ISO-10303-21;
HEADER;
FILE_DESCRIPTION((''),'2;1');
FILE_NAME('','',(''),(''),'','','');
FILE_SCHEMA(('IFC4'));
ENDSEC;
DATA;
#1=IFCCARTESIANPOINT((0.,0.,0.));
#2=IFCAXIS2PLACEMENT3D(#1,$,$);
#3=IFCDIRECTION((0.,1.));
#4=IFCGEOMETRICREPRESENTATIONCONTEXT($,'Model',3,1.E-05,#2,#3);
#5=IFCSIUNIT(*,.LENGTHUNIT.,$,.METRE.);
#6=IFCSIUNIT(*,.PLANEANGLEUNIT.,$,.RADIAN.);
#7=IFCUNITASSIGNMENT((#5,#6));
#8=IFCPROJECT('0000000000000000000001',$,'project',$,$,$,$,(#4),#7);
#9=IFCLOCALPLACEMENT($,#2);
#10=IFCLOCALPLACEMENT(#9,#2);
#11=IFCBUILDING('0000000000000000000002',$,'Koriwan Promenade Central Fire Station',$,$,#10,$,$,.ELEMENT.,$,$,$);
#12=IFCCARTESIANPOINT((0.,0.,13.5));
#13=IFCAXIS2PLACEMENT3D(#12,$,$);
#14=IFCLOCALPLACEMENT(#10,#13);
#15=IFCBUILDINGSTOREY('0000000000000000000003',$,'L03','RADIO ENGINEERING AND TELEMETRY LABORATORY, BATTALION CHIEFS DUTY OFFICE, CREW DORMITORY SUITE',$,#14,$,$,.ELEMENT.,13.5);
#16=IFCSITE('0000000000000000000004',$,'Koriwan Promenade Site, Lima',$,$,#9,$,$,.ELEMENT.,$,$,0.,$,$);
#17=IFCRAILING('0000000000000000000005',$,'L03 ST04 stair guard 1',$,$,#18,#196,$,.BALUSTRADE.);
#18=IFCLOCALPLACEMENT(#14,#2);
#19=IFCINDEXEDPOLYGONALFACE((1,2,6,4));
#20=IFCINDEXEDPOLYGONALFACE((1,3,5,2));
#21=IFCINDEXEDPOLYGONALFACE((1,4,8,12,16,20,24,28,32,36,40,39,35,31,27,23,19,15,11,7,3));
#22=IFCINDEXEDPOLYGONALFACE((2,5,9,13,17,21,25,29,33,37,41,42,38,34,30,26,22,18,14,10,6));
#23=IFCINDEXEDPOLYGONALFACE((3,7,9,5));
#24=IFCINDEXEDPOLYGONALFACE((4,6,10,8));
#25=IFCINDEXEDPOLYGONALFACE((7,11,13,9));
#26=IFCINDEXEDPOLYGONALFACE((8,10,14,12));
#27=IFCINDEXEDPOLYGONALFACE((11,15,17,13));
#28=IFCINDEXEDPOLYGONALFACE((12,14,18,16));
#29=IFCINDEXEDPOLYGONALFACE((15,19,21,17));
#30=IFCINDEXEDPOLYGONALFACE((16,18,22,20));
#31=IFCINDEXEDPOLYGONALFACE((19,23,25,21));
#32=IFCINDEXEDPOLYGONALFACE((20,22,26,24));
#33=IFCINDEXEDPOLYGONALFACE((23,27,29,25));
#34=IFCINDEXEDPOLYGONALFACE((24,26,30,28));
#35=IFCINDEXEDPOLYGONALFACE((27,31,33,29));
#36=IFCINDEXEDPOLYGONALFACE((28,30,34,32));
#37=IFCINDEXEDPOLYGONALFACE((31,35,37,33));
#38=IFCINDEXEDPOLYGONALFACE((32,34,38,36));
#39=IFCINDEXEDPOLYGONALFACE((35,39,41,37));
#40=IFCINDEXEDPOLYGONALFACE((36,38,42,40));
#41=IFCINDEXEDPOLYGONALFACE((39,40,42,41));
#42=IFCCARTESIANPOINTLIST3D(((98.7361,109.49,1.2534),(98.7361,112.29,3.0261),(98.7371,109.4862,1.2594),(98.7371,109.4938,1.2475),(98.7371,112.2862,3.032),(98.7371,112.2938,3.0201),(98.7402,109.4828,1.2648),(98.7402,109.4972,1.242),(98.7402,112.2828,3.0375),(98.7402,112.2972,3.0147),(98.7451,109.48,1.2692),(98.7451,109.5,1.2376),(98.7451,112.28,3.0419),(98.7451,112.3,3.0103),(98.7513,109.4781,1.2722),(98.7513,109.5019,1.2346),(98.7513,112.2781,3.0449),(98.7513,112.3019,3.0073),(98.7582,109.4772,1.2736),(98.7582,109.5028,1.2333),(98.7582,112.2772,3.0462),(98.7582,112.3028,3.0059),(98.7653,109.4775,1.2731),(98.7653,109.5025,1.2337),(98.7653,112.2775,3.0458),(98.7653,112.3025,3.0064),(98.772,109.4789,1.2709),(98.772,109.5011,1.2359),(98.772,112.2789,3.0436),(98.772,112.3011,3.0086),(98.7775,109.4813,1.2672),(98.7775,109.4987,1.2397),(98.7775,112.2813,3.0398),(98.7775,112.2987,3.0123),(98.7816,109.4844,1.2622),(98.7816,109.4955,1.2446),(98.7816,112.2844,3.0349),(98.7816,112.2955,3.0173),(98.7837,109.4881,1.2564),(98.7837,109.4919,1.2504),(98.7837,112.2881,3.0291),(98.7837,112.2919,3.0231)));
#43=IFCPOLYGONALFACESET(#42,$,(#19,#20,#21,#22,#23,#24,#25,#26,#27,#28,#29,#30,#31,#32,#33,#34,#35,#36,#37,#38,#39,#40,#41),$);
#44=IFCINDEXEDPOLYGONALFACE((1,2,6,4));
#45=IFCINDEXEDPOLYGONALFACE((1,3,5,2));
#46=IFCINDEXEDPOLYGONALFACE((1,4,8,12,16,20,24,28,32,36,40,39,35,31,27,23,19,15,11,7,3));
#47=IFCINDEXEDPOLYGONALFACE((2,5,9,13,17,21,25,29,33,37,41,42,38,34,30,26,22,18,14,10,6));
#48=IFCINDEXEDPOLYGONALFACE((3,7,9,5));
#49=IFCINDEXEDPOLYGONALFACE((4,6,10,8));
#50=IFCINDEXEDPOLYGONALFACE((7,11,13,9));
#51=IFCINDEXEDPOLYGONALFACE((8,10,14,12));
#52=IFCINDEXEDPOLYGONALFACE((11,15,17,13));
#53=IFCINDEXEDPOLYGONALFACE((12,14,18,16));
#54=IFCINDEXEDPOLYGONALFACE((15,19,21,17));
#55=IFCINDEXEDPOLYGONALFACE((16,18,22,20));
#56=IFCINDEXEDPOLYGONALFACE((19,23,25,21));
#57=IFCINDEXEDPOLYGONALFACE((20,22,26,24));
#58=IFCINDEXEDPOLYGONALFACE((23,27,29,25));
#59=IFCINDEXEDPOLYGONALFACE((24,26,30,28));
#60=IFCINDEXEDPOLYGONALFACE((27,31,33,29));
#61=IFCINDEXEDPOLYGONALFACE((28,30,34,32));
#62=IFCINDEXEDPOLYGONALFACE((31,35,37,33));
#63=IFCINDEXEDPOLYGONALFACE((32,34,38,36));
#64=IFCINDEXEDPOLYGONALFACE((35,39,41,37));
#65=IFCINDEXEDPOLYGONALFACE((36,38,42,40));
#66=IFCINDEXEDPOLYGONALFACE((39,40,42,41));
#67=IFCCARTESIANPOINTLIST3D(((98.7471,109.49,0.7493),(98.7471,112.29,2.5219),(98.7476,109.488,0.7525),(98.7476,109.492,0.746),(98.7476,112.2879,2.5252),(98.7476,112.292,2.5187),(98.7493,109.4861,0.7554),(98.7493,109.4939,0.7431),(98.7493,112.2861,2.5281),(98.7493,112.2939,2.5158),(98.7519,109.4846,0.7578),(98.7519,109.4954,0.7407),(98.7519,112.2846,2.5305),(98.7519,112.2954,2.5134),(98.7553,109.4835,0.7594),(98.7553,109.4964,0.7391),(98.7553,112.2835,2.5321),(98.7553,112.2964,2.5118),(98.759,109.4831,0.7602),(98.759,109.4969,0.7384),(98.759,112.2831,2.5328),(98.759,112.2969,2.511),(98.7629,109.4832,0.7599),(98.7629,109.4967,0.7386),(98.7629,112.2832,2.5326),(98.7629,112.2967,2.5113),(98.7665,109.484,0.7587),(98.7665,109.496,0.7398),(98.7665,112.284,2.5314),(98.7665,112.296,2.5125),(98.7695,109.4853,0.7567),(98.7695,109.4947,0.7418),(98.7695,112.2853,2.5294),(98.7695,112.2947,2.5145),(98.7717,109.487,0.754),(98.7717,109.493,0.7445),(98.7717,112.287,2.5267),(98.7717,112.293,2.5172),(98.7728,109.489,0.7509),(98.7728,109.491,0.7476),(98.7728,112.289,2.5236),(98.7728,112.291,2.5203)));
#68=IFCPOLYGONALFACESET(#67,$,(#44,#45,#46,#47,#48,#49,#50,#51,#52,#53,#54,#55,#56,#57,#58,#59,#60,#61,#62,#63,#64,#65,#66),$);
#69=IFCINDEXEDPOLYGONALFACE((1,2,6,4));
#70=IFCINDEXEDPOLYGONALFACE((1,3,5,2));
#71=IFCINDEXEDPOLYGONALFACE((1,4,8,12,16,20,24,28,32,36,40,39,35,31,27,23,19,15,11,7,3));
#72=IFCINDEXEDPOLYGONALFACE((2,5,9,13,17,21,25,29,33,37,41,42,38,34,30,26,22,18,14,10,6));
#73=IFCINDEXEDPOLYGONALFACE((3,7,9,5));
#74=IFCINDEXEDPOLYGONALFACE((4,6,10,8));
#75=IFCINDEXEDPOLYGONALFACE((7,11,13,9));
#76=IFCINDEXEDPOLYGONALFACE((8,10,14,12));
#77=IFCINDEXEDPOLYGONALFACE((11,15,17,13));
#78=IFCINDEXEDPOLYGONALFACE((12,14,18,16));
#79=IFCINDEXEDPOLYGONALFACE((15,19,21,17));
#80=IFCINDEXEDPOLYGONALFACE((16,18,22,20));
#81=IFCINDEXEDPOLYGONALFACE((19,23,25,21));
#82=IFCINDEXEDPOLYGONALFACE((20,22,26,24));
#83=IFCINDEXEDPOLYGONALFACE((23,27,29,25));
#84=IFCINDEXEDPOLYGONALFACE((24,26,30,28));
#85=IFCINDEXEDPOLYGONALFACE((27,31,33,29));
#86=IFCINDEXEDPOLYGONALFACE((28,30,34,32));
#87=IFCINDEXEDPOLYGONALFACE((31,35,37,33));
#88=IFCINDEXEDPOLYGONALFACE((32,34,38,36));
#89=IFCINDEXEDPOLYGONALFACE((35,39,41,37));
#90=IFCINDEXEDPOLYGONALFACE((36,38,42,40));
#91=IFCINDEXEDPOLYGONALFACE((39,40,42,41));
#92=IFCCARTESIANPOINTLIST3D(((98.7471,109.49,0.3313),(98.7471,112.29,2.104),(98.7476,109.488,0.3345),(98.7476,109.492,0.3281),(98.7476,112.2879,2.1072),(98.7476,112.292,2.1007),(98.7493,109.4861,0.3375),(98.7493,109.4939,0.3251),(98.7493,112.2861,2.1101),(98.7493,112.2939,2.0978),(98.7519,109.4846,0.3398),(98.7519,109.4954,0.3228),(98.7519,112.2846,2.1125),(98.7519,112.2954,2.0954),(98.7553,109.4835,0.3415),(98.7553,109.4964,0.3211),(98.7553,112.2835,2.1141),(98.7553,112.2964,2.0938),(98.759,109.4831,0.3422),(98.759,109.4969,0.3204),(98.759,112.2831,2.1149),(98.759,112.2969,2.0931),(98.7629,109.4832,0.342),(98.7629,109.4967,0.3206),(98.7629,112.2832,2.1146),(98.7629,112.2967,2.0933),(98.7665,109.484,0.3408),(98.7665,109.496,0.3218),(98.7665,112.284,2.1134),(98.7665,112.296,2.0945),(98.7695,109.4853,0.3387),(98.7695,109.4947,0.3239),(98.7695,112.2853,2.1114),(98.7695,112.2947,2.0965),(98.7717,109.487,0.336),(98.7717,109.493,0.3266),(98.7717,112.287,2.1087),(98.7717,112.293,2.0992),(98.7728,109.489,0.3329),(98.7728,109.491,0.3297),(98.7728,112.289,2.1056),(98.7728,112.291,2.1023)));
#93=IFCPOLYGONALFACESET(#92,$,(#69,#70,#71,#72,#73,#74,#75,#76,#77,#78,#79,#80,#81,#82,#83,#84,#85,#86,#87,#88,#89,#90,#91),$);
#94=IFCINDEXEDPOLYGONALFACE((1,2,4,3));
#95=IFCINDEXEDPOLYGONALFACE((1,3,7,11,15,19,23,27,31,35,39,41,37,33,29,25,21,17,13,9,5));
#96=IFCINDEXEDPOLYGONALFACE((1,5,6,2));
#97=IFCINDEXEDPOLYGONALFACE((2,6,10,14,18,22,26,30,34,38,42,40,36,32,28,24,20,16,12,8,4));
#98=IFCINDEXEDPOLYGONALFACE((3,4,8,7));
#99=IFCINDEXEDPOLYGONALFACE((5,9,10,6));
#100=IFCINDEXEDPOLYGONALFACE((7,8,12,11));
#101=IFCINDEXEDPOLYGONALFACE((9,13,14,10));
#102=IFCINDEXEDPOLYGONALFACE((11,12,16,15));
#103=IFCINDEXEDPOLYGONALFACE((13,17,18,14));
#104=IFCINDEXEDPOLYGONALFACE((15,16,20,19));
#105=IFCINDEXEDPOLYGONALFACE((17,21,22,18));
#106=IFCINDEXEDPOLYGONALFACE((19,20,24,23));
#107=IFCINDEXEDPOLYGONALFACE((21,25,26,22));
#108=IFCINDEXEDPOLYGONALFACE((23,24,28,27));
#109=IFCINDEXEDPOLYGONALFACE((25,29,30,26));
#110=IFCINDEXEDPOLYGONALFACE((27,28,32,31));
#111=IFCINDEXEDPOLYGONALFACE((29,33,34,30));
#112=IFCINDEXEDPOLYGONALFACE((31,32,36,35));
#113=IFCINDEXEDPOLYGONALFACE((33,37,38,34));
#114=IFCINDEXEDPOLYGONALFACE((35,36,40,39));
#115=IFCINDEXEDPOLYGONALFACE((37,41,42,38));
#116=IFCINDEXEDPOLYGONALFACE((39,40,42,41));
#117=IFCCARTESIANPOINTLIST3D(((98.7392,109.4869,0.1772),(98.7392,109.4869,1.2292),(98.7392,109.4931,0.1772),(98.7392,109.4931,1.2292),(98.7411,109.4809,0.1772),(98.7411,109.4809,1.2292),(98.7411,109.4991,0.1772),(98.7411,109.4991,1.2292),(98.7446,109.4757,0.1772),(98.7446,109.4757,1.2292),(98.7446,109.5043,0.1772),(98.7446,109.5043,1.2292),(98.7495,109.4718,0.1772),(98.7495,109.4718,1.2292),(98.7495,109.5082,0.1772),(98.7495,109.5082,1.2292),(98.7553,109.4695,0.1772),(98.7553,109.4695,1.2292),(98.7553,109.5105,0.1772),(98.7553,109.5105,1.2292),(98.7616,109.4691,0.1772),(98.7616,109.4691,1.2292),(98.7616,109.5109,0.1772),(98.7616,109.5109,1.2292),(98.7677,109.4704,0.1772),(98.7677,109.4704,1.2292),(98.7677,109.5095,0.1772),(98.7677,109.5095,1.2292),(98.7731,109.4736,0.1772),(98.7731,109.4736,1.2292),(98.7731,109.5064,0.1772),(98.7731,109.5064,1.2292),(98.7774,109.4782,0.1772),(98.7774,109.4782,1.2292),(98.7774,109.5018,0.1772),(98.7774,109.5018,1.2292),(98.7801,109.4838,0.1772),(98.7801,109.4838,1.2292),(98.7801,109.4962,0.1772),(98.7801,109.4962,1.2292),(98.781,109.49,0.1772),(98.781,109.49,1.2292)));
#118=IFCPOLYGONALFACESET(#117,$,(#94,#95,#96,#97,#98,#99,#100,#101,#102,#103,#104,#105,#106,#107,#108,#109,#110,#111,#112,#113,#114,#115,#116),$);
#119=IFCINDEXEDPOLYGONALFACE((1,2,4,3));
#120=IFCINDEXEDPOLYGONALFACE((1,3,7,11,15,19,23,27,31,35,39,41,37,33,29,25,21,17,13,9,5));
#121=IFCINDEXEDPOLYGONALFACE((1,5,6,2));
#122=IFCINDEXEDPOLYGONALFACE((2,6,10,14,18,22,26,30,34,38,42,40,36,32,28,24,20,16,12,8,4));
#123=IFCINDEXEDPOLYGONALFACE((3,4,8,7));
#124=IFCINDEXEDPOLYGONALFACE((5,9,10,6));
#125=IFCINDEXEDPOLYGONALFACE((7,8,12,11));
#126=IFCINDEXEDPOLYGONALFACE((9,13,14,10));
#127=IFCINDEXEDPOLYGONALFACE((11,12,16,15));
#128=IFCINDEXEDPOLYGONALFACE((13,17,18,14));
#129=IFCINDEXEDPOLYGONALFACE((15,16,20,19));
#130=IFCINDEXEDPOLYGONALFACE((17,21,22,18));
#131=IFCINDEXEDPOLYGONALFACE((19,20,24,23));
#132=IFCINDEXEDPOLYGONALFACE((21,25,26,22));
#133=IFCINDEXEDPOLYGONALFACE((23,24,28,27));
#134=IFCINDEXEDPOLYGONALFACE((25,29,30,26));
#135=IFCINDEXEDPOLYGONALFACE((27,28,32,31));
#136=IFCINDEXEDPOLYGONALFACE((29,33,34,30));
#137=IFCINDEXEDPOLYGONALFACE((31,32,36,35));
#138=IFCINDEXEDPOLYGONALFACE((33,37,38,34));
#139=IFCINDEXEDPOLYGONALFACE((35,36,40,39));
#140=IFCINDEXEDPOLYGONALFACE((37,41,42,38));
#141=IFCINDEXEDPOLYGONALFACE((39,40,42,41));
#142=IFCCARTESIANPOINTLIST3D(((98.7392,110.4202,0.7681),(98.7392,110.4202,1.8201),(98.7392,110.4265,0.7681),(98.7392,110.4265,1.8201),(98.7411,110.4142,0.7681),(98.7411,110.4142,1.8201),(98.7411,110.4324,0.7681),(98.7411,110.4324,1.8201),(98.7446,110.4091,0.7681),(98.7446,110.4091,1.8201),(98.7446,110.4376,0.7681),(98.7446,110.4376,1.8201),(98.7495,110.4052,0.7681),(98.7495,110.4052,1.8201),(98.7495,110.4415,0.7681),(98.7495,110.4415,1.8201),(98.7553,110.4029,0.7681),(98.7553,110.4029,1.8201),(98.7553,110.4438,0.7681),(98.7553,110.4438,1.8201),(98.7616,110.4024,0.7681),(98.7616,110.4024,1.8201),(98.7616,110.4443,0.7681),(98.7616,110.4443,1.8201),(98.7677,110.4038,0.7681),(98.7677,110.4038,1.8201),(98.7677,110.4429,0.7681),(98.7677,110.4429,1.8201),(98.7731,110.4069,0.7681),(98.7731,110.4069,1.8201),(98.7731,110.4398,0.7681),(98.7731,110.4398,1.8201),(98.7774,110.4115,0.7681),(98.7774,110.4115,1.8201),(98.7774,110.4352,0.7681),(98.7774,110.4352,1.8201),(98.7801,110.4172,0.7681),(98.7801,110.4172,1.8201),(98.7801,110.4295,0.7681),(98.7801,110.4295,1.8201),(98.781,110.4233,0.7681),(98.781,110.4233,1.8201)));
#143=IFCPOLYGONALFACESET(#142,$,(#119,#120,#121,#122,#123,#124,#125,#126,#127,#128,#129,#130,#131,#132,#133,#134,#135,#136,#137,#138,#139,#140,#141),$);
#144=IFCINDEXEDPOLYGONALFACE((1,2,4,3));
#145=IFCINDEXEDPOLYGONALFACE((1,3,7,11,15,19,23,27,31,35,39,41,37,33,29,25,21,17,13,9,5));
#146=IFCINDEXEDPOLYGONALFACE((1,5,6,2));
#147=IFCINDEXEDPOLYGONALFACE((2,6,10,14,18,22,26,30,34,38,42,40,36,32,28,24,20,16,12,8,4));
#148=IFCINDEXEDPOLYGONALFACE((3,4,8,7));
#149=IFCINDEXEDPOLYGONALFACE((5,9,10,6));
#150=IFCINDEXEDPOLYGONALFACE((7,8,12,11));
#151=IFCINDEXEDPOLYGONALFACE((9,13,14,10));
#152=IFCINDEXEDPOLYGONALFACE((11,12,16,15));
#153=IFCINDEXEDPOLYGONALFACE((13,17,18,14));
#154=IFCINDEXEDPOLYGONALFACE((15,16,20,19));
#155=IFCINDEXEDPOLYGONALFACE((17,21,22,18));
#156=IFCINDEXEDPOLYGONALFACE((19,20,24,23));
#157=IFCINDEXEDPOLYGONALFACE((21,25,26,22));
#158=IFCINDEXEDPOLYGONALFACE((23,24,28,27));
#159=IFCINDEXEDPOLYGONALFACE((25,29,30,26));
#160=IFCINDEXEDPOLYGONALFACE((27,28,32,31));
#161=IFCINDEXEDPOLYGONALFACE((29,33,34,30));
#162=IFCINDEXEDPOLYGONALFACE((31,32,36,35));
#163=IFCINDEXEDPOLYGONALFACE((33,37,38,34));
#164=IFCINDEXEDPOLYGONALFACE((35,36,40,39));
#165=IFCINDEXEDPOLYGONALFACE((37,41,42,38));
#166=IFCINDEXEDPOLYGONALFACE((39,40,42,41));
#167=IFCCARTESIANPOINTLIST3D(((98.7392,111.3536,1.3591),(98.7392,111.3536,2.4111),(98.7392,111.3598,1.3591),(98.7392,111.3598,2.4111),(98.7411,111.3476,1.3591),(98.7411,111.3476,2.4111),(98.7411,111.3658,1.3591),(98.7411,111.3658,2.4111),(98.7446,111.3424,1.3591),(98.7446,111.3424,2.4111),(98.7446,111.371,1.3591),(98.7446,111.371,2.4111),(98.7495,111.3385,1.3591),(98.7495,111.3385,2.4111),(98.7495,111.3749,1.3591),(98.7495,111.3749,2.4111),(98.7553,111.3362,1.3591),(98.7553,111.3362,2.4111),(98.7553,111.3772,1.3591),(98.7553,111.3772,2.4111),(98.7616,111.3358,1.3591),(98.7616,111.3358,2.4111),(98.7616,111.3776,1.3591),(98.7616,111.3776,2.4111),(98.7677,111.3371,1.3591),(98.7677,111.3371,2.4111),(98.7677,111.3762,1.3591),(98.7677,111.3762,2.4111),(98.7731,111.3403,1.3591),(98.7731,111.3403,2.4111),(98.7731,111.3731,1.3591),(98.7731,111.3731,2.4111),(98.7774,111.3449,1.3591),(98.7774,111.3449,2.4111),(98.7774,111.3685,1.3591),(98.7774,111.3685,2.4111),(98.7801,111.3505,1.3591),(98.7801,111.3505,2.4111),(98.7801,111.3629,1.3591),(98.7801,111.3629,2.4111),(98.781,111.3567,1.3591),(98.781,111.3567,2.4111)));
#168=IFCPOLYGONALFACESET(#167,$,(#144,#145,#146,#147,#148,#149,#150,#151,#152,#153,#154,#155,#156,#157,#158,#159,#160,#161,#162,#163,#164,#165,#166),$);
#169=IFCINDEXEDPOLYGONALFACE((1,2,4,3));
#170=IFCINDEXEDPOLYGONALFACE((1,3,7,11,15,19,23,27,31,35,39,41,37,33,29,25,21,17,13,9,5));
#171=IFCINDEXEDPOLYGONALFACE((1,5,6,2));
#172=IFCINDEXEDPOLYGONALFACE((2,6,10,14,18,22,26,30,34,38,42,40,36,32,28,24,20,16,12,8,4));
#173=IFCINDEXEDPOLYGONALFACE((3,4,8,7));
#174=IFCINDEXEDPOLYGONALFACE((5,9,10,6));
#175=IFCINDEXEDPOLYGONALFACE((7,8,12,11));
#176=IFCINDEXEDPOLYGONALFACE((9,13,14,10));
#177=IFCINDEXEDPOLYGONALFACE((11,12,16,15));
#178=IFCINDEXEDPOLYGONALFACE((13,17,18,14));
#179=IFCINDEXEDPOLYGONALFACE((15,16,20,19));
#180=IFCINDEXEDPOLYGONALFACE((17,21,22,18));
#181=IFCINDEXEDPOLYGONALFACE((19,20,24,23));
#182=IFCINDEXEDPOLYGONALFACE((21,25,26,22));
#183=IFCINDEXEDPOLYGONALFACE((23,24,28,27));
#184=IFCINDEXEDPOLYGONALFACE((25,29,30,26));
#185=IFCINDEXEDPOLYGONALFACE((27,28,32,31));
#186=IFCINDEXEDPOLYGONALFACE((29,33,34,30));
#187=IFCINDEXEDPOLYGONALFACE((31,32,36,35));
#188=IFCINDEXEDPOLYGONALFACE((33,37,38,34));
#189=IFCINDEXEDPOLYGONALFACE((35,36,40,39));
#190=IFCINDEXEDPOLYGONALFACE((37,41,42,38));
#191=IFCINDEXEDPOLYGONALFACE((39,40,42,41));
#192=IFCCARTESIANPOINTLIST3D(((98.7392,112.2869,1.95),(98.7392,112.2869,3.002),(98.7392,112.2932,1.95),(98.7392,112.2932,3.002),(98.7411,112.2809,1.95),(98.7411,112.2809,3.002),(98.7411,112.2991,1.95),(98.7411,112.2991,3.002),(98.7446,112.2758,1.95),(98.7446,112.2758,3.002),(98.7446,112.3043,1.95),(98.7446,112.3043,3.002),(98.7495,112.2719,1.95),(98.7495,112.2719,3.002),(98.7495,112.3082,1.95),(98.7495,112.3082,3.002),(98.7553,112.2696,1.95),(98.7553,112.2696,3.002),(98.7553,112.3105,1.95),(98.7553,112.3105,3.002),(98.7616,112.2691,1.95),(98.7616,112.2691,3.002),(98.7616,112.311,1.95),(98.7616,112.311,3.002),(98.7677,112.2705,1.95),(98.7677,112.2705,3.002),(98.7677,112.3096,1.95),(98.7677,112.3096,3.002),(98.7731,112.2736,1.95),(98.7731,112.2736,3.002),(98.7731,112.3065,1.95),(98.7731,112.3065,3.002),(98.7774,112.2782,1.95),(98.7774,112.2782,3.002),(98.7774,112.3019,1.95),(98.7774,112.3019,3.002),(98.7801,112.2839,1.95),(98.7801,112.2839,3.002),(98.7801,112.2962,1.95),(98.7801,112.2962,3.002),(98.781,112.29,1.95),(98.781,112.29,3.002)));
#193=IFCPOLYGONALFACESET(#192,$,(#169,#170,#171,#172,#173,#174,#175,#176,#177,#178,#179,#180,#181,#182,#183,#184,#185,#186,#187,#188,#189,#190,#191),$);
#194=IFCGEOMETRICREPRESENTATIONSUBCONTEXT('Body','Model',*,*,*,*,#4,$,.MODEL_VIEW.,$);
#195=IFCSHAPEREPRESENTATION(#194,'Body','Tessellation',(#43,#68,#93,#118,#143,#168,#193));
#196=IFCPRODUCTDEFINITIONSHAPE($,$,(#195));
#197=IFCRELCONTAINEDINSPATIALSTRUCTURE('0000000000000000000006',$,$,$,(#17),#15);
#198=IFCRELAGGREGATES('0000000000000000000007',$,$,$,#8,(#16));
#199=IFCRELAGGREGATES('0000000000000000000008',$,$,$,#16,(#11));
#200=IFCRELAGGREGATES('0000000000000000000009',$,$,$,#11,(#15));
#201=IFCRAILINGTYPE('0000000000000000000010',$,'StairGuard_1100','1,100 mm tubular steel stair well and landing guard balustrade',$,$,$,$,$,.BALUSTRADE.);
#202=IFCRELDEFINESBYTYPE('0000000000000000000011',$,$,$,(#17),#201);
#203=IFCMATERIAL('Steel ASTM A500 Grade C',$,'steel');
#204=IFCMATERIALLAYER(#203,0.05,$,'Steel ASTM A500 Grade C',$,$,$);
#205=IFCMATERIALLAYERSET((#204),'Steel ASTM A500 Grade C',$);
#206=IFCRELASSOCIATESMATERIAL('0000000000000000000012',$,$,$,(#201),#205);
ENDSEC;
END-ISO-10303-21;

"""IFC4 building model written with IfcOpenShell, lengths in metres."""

from ifc_helpers import new_model, si_unit, direction, frame, origin, origin_2d, place, context, subcontext, project, spatial, circle, extrude, material, layer, layer_set, type_object, element, save


model = new_model("IFC4")

# Units and contexts
model_context = context("Model", 3, precision=1e-05, world=origin(), true_north=direction((0.0, 1.0)))
body_context = subcontext(model_context, "Body", "Model", "MODEL_VIEW")
ifc_project = project(units=[si_unit("LENGTHUNIT", "METRE"), si_unit("PLANEANGLEUNIT", "RADIAN")], contexts=[model_context])

# Site, building, storey
site_placement = place(None, origin())
site = spatial("IfcSite", under=ifc_project, at=site_placement, Name="Koriwan Promenade Site, Lima", CompositionType="ELEMENT", RefElevation=0.0)
building_placement = place(site_placement, origin())
building = spatial("IfcBuilding", under=site, at=building_placement, Name="Koriwan Promenade Central Fire Station", CompositionType="ELEMENT")
storey_placement = place(building_placement, frame((0.0, 0.0, 13.5)))
storey = spatial("IfcBuildingStorey", under=building, at=storey_placement, Name="L03", Description="RADIO ENGINEERING AND TELEMETRY LABORATORY, BATTALION CHIEFS DUTY OFFICE, CREW DORMITORY SUITE", CompositionType="ELEMENT", Elevation=13.5)

# Railing
ifc_material_1 = material(Name="Steel ASTM A500 Grade C", Category="steel")
ifc_layer_1 = layer(ifc_material_1, 0.05, Name="Steel ASTM A500 Grade C")
ifc_layer_set_1 = layer_set([ifc_layer_1], Name="Steel ASTM A500 Grade C")
railing_type_1 = type_object("IfcRailingType", Name="StairGuard_1100", Description="1,100 mm tubular steel stair well and landing guard balustrade", PredefinedType="BALUSTRADE", material=ifc_layer_set_1)
railing_1_placement = place(storey_placement, frame((98.76, 109.49, 0.1772)))
element("IfcRailing", 1, at=railing_1_placement, inside=storey, type_object=railing_type_1, Name="L03 ST04 stair guard 1", PredefinedType="BALUSTRADE", context=body_context, shape_type="SweptSolid", body=[
    extrude(circle(Radius=0.0239, at=origin_2d()), frame((0.0, 0.0, 1.0762), z_axis=(0.0, 0.844909, 0.53491), x_axis=(-1.0, 0.0, 0.0)), (0.0, 0.0, 1.0), 3.314),
    extrude(circle(Radius=0.0129, at=origin_2d()), frame((0.0, 0.0, 0.572), z_axis=(0.0, 0.844909, 0.53491), x_axis=(-1.0, 0.0, 0.0)), (0.0, 0.0, 1.0), 3.314),
    extrude(circle(Radius=0.0129, at=origin_2d()), frame((0.0, 0.0, 0.1541), z_axis=(0.0, 0.844909, 0.53491), x_axis=(-1.0, 0.0, 0.0)), (0.0, 0.0, 1.0), 3.314),
    extrude(circle(Radius=0.021, at=origin_2d()), origin(), (0.0, 0.0, 1.0), 1.052),
    extrude(circle(Radius=0.021, at=origin_2d()), frame((0.0, 0.9333, 0.5908)), (0.0, 0.0, 1.0), 1.052),
    extrude(circle(Radius=0.021, at=origin_2d()), frame((0.0, 1.8667, 1.1819)), (0.0, 0.0, 1.0), 1.052),
    extrude(circle(Radius=0.021, at=origin_2d()), frame((0.0, 2.8, 1.7727)), (0.0, 0.0, 1.0), 1.052),
])

save(model, "model.ifc")
